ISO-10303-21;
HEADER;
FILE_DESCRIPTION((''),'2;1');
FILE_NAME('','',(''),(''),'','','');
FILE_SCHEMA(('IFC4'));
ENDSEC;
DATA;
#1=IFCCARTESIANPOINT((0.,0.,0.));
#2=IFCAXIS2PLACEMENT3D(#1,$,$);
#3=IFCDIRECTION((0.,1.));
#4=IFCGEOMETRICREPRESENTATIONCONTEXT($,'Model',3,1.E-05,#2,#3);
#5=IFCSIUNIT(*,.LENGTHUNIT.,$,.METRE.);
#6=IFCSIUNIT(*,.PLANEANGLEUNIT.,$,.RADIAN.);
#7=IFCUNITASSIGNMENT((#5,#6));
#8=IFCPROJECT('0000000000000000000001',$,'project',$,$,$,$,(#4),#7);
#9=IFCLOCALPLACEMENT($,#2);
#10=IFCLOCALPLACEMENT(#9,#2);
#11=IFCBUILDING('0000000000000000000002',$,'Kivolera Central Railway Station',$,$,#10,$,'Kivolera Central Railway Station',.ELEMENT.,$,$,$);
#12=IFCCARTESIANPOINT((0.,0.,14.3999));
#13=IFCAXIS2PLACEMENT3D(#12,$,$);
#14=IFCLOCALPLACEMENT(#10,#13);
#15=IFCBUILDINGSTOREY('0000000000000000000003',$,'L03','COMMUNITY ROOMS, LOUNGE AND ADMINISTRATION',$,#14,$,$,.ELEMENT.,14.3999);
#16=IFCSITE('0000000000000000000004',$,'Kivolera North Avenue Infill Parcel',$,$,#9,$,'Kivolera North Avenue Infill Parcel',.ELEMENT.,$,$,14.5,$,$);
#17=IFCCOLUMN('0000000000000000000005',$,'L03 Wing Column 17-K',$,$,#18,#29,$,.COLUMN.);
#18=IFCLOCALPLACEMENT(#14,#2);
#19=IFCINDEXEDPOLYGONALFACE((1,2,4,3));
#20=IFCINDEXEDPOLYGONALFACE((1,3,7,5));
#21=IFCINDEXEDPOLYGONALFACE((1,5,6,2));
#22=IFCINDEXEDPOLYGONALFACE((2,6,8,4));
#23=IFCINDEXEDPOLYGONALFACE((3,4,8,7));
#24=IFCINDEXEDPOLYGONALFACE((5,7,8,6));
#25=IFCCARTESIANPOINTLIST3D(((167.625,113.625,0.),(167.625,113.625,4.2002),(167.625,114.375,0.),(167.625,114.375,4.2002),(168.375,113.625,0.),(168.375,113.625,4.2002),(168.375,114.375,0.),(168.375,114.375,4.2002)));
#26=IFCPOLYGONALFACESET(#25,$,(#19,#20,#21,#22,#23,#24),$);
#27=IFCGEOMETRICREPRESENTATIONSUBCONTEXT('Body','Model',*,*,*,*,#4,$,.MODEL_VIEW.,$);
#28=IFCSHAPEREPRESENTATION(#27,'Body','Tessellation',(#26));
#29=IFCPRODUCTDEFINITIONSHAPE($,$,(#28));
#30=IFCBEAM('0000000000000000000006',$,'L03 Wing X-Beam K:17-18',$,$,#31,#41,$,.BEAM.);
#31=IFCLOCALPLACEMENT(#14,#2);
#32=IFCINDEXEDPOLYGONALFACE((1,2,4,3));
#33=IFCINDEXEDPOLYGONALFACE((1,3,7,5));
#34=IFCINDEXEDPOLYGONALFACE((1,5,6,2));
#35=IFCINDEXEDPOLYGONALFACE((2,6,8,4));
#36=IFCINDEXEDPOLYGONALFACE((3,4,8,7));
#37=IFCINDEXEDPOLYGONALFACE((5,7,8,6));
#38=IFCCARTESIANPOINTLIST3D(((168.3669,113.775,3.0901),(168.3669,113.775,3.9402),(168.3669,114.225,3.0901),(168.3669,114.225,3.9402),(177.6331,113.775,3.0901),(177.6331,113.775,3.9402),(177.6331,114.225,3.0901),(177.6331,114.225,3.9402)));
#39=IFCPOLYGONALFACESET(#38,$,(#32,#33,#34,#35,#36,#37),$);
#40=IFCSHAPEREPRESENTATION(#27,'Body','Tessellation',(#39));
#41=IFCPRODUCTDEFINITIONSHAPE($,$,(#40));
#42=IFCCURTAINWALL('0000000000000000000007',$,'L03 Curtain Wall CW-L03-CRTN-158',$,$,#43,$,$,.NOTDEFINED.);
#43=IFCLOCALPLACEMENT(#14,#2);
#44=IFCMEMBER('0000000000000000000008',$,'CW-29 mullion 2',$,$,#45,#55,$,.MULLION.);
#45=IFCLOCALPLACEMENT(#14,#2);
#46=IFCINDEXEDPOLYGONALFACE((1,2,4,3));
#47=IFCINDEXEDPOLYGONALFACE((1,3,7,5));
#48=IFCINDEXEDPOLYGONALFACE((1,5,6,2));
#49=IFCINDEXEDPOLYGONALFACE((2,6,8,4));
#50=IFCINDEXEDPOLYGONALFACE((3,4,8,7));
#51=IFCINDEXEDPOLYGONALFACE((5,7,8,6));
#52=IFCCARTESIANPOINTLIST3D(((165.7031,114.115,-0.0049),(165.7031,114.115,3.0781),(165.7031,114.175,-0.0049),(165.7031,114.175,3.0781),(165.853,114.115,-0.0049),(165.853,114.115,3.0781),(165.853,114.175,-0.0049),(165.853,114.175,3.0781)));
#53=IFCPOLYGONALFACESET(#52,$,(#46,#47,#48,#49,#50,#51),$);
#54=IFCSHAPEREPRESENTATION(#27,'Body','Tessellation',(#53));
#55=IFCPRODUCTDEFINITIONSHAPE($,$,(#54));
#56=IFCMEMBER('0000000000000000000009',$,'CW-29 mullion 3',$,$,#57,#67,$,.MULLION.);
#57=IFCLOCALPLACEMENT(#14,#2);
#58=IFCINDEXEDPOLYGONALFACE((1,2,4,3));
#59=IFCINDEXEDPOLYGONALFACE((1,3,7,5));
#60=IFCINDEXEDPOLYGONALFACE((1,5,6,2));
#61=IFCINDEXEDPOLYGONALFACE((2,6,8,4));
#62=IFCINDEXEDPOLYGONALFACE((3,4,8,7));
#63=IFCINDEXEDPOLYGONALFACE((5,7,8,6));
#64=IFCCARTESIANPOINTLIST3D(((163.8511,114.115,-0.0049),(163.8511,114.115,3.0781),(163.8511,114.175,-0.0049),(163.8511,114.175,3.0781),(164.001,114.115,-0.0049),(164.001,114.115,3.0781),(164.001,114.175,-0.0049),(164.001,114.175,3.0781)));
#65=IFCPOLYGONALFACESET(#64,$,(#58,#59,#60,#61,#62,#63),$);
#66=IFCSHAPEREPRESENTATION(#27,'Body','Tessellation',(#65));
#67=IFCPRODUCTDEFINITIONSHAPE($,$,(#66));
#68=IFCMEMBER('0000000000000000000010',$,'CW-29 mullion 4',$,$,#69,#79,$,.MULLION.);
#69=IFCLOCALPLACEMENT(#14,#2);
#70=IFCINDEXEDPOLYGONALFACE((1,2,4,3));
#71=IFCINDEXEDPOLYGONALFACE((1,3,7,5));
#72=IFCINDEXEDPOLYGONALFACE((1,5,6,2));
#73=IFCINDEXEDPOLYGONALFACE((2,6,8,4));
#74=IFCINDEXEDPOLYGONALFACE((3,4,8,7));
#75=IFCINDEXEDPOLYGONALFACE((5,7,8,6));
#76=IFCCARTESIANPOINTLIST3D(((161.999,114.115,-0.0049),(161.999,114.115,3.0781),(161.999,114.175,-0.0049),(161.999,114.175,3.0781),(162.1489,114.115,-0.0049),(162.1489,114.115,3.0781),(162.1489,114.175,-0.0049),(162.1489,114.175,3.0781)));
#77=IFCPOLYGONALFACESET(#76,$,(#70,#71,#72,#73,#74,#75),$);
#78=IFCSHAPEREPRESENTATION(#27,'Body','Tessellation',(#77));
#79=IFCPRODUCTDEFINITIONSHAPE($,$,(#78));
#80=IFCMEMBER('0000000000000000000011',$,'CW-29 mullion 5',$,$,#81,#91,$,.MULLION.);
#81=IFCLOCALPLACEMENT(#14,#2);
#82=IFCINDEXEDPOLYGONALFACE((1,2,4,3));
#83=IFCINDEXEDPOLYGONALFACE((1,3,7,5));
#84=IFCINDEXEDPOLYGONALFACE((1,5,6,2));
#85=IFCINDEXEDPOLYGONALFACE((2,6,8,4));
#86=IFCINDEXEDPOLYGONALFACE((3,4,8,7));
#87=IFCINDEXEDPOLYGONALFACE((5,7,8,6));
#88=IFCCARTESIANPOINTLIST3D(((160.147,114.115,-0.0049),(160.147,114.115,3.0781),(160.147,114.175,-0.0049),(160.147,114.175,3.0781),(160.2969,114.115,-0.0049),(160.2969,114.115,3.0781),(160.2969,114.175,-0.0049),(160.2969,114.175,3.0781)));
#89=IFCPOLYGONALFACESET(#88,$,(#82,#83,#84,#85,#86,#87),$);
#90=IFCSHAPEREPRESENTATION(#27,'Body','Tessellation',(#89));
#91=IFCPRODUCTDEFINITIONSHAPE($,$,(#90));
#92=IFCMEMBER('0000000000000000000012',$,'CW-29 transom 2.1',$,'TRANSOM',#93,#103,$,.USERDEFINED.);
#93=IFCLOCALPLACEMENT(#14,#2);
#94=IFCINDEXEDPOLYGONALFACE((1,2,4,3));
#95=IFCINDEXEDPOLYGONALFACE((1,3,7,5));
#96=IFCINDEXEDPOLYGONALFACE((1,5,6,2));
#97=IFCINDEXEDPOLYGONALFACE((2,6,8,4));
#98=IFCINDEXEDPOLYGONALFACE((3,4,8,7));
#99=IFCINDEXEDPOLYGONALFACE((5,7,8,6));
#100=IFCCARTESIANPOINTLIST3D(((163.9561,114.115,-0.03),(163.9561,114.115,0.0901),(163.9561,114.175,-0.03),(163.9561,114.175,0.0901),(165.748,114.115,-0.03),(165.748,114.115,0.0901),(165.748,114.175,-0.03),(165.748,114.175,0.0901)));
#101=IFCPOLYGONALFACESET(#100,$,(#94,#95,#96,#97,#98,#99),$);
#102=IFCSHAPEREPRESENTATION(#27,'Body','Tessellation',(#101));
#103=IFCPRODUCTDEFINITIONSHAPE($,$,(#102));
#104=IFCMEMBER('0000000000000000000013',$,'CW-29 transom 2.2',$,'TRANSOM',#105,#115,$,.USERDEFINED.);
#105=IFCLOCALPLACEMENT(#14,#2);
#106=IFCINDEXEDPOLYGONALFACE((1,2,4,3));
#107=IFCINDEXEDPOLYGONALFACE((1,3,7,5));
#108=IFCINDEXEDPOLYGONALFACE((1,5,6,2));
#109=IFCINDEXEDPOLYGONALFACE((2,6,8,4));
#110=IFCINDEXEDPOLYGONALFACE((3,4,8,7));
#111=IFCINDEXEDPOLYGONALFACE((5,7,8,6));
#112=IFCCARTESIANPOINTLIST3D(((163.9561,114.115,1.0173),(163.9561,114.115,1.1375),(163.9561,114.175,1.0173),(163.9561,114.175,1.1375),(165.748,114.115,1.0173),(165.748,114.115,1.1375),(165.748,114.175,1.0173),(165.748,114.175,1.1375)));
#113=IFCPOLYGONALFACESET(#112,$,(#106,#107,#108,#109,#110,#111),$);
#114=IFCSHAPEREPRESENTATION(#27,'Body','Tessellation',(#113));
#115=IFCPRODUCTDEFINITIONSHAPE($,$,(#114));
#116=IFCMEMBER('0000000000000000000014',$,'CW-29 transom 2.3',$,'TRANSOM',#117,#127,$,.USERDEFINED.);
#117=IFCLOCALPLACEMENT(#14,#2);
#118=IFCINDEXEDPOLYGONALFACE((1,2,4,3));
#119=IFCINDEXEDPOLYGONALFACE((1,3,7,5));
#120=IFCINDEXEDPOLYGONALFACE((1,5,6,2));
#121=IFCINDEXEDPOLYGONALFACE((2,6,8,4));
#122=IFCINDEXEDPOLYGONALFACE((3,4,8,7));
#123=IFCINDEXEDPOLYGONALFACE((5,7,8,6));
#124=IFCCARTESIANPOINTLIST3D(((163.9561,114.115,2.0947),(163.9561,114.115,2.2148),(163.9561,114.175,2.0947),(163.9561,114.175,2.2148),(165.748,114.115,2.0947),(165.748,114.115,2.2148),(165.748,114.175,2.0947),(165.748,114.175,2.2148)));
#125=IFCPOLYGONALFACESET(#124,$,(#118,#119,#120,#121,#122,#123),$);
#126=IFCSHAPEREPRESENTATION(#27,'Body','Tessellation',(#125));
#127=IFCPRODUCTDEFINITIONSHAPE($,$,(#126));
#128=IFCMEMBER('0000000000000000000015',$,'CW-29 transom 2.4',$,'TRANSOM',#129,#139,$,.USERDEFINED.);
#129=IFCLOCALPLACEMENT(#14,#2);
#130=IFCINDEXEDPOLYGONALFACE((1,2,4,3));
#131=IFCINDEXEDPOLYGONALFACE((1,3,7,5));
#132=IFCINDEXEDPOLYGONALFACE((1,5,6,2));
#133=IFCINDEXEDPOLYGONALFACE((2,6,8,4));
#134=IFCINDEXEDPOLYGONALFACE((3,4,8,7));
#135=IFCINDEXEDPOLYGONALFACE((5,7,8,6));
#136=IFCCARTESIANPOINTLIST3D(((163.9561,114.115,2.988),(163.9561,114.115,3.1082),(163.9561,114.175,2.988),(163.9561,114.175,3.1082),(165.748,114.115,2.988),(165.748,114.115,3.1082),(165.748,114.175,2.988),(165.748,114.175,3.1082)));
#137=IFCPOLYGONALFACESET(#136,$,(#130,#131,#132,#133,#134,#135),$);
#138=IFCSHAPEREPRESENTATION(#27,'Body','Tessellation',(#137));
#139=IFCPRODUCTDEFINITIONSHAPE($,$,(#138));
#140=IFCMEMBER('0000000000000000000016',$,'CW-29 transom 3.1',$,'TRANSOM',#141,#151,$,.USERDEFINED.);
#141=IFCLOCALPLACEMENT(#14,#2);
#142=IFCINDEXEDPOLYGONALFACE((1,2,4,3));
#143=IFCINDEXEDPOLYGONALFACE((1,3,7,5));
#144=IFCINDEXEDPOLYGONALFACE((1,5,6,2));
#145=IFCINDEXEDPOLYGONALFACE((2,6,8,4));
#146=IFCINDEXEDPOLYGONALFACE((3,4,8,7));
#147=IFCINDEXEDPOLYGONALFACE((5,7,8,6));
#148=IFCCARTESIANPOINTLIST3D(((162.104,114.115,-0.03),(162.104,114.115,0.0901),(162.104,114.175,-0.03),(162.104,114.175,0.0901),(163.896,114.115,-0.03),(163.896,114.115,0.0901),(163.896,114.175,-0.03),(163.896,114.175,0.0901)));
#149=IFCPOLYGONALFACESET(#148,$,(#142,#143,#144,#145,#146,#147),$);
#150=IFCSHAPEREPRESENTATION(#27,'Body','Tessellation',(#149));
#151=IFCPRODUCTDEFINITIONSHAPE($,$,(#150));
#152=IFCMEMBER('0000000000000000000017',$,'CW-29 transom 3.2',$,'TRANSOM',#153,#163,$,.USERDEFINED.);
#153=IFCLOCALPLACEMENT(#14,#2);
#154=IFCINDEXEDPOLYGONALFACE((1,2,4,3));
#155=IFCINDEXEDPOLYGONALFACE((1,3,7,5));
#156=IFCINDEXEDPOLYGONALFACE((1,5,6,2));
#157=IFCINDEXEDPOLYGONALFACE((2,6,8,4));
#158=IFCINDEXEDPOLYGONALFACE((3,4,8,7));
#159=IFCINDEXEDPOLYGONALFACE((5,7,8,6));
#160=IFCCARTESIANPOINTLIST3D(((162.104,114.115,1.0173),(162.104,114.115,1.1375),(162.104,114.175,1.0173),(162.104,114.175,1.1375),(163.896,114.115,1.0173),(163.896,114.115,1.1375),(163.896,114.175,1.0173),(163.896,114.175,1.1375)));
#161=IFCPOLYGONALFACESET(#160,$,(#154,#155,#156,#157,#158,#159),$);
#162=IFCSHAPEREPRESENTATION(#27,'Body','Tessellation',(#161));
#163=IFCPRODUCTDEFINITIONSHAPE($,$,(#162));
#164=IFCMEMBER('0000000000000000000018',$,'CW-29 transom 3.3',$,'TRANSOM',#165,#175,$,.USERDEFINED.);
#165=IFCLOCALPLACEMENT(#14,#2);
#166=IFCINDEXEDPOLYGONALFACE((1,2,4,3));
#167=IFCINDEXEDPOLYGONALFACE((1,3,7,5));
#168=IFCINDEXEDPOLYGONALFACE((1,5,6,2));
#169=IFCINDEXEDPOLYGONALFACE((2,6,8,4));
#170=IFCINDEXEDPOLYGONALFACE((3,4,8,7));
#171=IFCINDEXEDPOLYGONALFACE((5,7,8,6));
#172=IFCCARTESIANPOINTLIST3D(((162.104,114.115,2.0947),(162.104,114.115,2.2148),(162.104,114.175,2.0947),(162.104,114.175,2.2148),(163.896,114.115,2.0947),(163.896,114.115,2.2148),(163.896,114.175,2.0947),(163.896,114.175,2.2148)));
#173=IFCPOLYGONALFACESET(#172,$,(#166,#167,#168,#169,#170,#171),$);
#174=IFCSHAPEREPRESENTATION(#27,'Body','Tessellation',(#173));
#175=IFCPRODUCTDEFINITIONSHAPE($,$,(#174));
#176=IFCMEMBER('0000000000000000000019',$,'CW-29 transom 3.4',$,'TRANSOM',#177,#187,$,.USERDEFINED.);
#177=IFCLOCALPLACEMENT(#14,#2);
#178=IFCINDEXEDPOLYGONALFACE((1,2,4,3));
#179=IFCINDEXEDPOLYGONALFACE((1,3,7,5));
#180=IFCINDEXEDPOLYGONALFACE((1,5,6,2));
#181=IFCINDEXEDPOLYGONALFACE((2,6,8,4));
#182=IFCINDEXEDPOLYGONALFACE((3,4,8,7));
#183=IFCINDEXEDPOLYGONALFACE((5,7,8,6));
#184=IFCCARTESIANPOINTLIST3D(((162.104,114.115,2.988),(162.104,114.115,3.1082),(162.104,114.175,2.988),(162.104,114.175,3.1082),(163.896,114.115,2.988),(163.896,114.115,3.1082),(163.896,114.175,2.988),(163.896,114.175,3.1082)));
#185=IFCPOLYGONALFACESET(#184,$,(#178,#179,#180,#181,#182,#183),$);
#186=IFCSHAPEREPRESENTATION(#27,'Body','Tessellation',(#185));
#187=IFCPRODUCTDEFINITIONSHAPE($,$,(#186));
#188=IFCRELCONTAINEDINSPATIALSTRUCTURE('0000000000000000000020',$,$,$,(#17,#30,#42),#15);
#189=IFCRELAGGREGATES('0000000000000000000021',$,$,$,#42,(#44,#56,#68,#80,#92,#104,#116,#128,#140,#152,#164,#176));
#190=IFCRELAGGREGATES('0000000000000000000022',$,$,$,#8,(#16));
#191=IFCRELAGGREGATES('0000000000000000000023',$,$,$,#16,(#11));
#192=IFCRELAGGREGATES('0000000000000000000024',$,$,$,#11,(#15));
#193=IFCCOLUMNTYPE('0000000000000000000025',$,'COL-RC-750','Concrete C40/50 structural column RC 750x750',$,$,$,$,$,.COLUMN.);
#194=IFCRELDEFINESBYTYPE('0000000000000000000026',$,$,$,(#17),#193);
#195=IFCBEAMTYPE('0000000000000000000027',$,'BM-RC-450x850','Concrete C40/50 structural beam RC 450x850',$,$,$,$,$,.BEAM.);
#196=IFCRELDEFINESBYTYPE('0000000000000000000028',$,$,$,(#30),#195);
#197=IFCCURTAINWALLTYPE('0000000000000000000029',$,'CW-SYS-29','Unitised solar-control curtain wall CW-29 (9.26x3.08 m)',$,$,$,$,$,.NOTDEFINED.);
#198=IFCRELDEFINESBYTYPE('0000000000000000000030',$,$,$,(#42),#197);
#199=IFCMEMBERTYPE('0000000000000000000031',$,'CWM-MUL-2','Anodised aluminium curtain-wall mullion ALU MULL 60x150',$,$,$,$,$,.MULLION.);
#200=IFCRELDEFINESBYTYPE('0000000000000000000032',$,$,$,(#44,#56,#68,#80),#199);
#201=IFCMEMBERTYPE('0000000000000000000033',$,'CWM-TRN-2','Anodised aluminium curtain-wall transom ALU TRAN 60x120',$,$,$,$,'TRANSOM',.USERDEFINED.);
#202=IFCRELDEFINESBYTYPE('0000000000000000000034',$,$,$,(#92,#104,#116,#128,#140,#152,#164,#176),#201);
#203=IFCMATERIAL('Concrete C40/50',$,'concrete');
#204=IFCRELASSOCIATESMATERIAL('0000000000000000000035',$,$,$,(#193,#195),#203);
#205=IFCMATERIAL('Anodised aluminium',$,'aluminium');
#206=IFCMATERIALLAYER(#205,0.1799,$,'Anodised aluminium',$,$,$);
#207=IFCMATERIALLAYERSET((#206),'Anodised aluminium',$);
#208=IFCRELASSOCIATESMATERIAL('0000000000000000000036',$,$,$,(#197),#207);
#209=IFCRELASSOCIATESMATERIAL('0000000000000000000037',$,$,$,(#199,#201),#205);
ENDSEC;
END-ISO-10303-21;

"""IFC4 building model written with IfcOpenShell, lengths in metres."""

from ifc_helpers import new_model, si_unit, direction, frame, origin, origin_2d, place, context, subcontext, project, spatial, rectangle, extrude, material, layer, layer_set, material_profile, profile_set, type_object, element, aggregate, save


model = new_model("IFC4")

# Units and contexts
model_context = context("Model", 3, precision=1e-05, world=origin(), true_north=direction((0.0, 1.0)))
body_context = subcontext(model_context, "Body", "Model", "MODEL_VIEW")
ifc_project = project(units=[si_unit("LENGTHUNIT", "METRE"), si_unit("PLANEANGLEUNIT", "RADIAN")], contexts=[model_context])

# Site, building, storey
site_placement = place(None, origin())
site = spatial("IfcSite", under=ifc_project, at=site_placement, Name="Kivolera North Avenue Infill Parcel", LongName="Kivolera North Avenue Infill Parcel", CompositionType="ELEMENT", RefElevation=14.5)
building_placement = place(site_placement, origin())
building = spatial("IfcBuilding", under=site, at=building_placement, Name="Kivolera Central Railway Station", LongName="Kivolera Central Railway Station", CompositionType="ELEMENT")
storey_placement = place(building_placement, frame((0.0, 0.0, 14.3999)))
storey = spatial("IfcBuildingStorey", under=building, at=storey_placement, Name="L03", Description="COMMUNITY ROOMS, LOUNGE AND ADMINISTRATION", CompositionType="ELEMENT", Elevation=14.3999)

# Column
ifc_material_1 = material(Name="Concrete C40/50", Category="concrete")
ifc_material_profile_1 = material_profile(ifc_material_1, rectangle(XDim=0.75, YDim=0.75, at=origin_2d()), Name="RC 750x750")
ifc_profile_set_1 = profile_set([ifc_material_profile_1], Name="Concrete C40/50")
column_type = type_object("IfcColumnType", Name="COL-RC-750", Description="Concrete C40/50 structural column RC 750x750", PredefinedType="COLUMN", material=ifc_profile_set_1)
column_placement = place(storey_placement, frame((168.0, 114.0, 0.0), z_axis=(0.0, 0.0, 1.0), x_axis=(1.0, 0.0, 0.0)))
element("IfcColumn", 1, at=column_placement, inside=storey, type_object=column_type, Name="L03 Wing Column 17-K", PredefinedType="COLUMN", context=body_context, shape_type="SweptSolid", body=[
    extrude(rectangle(XDim=0.75, YDim=0.75, at=origin_2d()), origin(), (0.0, 0.0, 1.0), 4.2002),
])

# Beam
ifc_material_profile_2 = material_profile(ifc_material_1, rectangle(XDim=0.45, YDim=0.8501, at=origin_2d()), Name="RC 450x850")
ifc_profile_set_2 = profile_set([ifc_material_profile_2], Name="Concrete C40/50")
beam_type = type_object("IfcBeamType", Name="BM-RC-450x850", Description="Concrete C40/50 structural beam RC 450x850", PredefinedType="BEAM", material=ifc_profile_set_2)
beam_placement = place(storey_placement, frame((168.3669, 114.0, 3.5151), z_axis=(1.0, 0.0, 0.0), x_axis=(0.0, 1.0, 0.0)))
element("IfcBeam", 2, at=beam_placement, inside=storey, type_object=beam_type, Name="L03 Wing X-Beam K:17-18", PredefinedType="BEAM", context=body_context, shape_type="SweptSolid", body=[
    extrude(rectangle(XDim=0.45, YDim=0.8501, at=origin_2d()), origin(), (0.0, 0.0, 1.0), 9.2661),
])

# Curtain wall, members
ifc_material_2 = material(Name="Anodised aluminium", Category="aluminium")
ifc_layer_1 = layer(ifc_material_2, 0.1799, Name="Anodised aluminium")
ifc_layer_set_1 = layer_set([ifc_layer_1], Name="Anodised aluminium")
curtain_wall_type = type_object("IfcCurtainWallType", Name="CW-SYS-29", Description="Unitised solar-control curtain wall CW-29 (9.26x3.08 m)", PredefinedType="NOTDEFINED", material=ifc_layer_set_1)
curtain_wall_placement = place(storey_placement, origin())
curtain_wall = element("IfcCurtainWall", 3, at=curtain_wall_placement, inside=storey, type_object=curtain_wall_type, Name="L03 Curtain Wall CW-L03-CRTN-158", PredefinedType="NOTDEFINED")
ifc_material_profile_3 = material_profile(ifc_material_2, rectangle(XDim=0.0601, YDim=0.1499, at=origin_2d()), Name="ALU MULL 60x150")
ifc_profile_set_3 = profile_set([ifc_material_profile_3], Name="Anodised aluminium")
member_type_1 = type_object("IfcMemberType", Name="CWM-MUL-2", Description="Anodised aluminium curtain-wall mullion ALU MULL 60x150", PredefinedType="MULLION", material=ifc_profile_set_3)
member_1_placement = place(storey_placement, frame((165.7781, 114.145, -0.0049), z_axis=(0.0, 0.0, 1.0), x_axis=(0.0, -1.0, 0.0)))
member_1 = element("IfcMember", 4, at=member_1_placement, type_object=member_type_1, Name="CW-29 mullion 2", PredefinedType="MULLION", context=body_context, shape_type="SweptSolid", body=[
    extrude(rectangle(XDim=0.0601, YDim=0.1499, at=origin_2d()), origin(), (0.0, 0.0, 1.0), 3.083),
])
member_2_placement = place(storey_placement, frame((163.926, 114.145, -0.0049), z_axis=(0.0, 0.0, 1.0), x_axis=(0.0, -1.0, 0.0)))
member_2 = element("IfcMember", 5, at=member_2_placement, type_object=member_type_1, Name="CW-29 mullion 3", PredefinedType="MULLION", context=body_context, shape_type="SweptSolid", body=[
    extrude(rectangle(XDim=0.0601, YDim=0.1499, at=origin_2d()), origin(), (0.0, 0.0, 1.0), 3.083),
])
member_3_placement = place(storey_placement, frame((162.074, 114.145, -0.0049), z_axis=(0.0, 0.0, 1.0), x_axis=(0.0, -1.0, 0.0)))
member_3 = element("IfcMember", 6, at=member_3_placement, type_object=member_type_1, Name="CW-29 mullion 4", PredefinedType="MULLION", context=body_context, shape_type="SweptSolid", body=[
    extrude(rectangle(XDim=0.0601, YDim=0.1499, at=origin_2d()), origin(), (0.0, 0.0, 1.0), 3.083),
])
member_4_placement = place(storey_placement, frame((160.2219, 114.145, -0.0049), z_axis=(0.0, 0.0, 1.0), x_axis=(0.0, -1.0, 0.0)))
member_4 = element("IfcMember", 7, at=member_4_placement, type_object=member_type_1, Name="CW-29 mullion 5", PredefinedType="MULLION", context=body_context, shape_type="SweptSolid", body=[
    extrude(rectangle(XDim=0.0601, YDim=0.1499, at=origin_2d()), origin(), (0.0, 0.0, 1.0), 3.083),
])
ifc_material_profile_4 = material_profile(ifc_material_2, rectangle(XDim=0.0601, YDim=0.1201, at=origin_2d()), Name="ALU TRAN 60x120")
ifc_profile_set_4 = profile_set([ifc_material_profile_4], Name="Anodised aluminium")
member_type_2 = type_object("IfcMemberType", Name="CWM-TRN-2", Description="Anodised aluminium curtain-wall transom ALU TRAN 60x120", ElementType="TRANSOM", PredefinedType="USERDEFINED", material=ifc_profile_set_4)
member_5_placement = place(storey_placement, frame((165.748, 114.145, 0.03), z_axis=(-1.0, 0.0, 0.0), x_axis=(0.0, -1.0, 0.0)))
member_5 = element("IfcMember", 8, at=member_5_placement, type_object=member_type_2, Name="CW-29 transom 2.1", ObjectType="TRANSOM", PredefinedType="USERDEFINED", context=body_context, shape_type="SweptSolid", body=[
    extrude(rectangle(XDim=0.0601, YDim=0.1201, at=origin_2d()), origin(), (0.0, 0.0, 1.0), 1.792),
])
member_6_placement = place(storey_placement, frame((165.748, 114.145, 1.0774), z_axis=(-1.0, 0.0, 0.0), x_axis=(0.0, -1.0, 0.0)))
member_6 = element("IfcMember", 9, at=member_6_placement, type_object=member_type_2, Name="CW-29 transom 2.2", ObjectType="TRANSOM", PredefinedType="USERDEFINED", context=body_context, shape_type="SweptSolid", body=[
    extrude(rectangle(XDim=0.0601, YDim=0.1201, at=origin_2d()), origin(), (0.0, 0.0, 1.0), 1.792),
])
member_7_placement = place(storey_placement, frame((165.748, 114.145, 2.1548), z_axis=(-1.0, 0.0, 0.0), x_axis=(0.0, -1.0, 0.0)))
member_7 = element("IfcMember", 10, at=member_7_placement, type_object=member_type_2, Name="CW-29 transom 2.3", ObjectType="TRANSOM", PredefinedType="USERDEFINED", context=body_context, shape_type="SweptSolid", body=[
    extrude(rectangle(XDim=0.0601, YDim=0.1201, at=origin_2d()), origin(), (0.0, 0.0, 1.0), 1.792),
])
member_8_placement = place(storey_placement, frame((165.748, 114.145, 3.0481), z_axis=(-1.0, 0.0, 0.0), x_axis=(0.0, -1.0, 0.0)))
member_8 = element("IfcMember", 11, at=member_8_placement, type_object=member_type_2, Name="CW-29 transom 2.4", ObjectType="TRANSOM", PredefinedType="USERDEFINED", context=body_context, shape_type="SweptSolid", body=[
    extrude(rectangle(XDim=0.0601, YDim=0.1201, at=origin_2d()), origin(), (0.0, 0.0, 1.0), 1.792),
])
member_9_placement = place(storey_placement, frame((163.896, 114.145, 0.03), z_axis=(-1.0, 0.0, 0.0), x_axis=(0.0, -1.0, 0.0)))
member_9 = element("IfcMember", 12, at=member_9_placement, type_object=member_type_2, Name="CW-29 transom 3.1", ObjectType="TRANSOM", PredefinedType="USERDEFINED", context=body_context, shape_type="SweptSolid", body=[
    extrude(rectangle(XDim=0.0601, YDim=0.1201, at=origin_2d()), origin(), (0.0, 0.0, 1.0), 1.792),
])
member_10_placement = place(storey_placement, frame((163.896, 114.145, 1.0774), z_axis=(-1.0, 0.0, 0.0), x_axis=(0.0, -1.0, 0.0)))
member_10 = element("IfcMember", 13, at=member_10_placement, type_object=member_type_2, Name="CW-29 transom 3.2", ObjectType="TRANSOM", PredefinedType="USERDEFINED", context=body_context, shape_type="SweptSolid", body=[
    extrude(rectangle(XDim=0.0601, YDim=0.1201, at=origin_2d()), origin(), (0.0, 0.0, 1.0), 1.792),
])
member_11_placement = place(storey_placement, frame((163.896, 114.145, 2.1548), z_axis=(-1.0, 0.0, 0.0), x_axis=(0.0, -1.0, 0.0)))
member_11 = element("IfcMember", 14, at=member_11_placement, type_object=member_type_2, Name="CW-29 transom 3.3", ObjectType="TRANSOM", PredefinedType="USERDEFINED", context=body_context, shape_type="SweptSolid", body=[
    extrude(rectangle(XDim=0.0601, YDim=0.1201, at=origin_2d()), origin(), (0.0, 0.0, 1.0), 1.792),
])
member_12_placement = place(storey_placement, frame((163.896, 114.145, 3.0481), z_axis=(-1.0, 0.0, 0.0), x_axis=(0.0, -1.0, 0.0)))
member_12 = element("IfcMember", 15, at=member_12_placement, type_object=member_type_2, Name="CW-29 transom 3.4", ObjectType="TRANSOM", PredefinedType="USERDEFINED", context=body_context, shape_type="SweptSolid", body=[
    extrude(rectangle(XDim=0.0601, YDim=0.1201, at=origin_2d()), origin(), (0.0, 0.0, 1.0), 1.792),
])
aggregate(curtain_wall, [member_1, member_2, member_3, member_4, member_5, member_6, member_7, member_8, member_9, member_10, member_11, member_12])

save(model, "model.ifc")
